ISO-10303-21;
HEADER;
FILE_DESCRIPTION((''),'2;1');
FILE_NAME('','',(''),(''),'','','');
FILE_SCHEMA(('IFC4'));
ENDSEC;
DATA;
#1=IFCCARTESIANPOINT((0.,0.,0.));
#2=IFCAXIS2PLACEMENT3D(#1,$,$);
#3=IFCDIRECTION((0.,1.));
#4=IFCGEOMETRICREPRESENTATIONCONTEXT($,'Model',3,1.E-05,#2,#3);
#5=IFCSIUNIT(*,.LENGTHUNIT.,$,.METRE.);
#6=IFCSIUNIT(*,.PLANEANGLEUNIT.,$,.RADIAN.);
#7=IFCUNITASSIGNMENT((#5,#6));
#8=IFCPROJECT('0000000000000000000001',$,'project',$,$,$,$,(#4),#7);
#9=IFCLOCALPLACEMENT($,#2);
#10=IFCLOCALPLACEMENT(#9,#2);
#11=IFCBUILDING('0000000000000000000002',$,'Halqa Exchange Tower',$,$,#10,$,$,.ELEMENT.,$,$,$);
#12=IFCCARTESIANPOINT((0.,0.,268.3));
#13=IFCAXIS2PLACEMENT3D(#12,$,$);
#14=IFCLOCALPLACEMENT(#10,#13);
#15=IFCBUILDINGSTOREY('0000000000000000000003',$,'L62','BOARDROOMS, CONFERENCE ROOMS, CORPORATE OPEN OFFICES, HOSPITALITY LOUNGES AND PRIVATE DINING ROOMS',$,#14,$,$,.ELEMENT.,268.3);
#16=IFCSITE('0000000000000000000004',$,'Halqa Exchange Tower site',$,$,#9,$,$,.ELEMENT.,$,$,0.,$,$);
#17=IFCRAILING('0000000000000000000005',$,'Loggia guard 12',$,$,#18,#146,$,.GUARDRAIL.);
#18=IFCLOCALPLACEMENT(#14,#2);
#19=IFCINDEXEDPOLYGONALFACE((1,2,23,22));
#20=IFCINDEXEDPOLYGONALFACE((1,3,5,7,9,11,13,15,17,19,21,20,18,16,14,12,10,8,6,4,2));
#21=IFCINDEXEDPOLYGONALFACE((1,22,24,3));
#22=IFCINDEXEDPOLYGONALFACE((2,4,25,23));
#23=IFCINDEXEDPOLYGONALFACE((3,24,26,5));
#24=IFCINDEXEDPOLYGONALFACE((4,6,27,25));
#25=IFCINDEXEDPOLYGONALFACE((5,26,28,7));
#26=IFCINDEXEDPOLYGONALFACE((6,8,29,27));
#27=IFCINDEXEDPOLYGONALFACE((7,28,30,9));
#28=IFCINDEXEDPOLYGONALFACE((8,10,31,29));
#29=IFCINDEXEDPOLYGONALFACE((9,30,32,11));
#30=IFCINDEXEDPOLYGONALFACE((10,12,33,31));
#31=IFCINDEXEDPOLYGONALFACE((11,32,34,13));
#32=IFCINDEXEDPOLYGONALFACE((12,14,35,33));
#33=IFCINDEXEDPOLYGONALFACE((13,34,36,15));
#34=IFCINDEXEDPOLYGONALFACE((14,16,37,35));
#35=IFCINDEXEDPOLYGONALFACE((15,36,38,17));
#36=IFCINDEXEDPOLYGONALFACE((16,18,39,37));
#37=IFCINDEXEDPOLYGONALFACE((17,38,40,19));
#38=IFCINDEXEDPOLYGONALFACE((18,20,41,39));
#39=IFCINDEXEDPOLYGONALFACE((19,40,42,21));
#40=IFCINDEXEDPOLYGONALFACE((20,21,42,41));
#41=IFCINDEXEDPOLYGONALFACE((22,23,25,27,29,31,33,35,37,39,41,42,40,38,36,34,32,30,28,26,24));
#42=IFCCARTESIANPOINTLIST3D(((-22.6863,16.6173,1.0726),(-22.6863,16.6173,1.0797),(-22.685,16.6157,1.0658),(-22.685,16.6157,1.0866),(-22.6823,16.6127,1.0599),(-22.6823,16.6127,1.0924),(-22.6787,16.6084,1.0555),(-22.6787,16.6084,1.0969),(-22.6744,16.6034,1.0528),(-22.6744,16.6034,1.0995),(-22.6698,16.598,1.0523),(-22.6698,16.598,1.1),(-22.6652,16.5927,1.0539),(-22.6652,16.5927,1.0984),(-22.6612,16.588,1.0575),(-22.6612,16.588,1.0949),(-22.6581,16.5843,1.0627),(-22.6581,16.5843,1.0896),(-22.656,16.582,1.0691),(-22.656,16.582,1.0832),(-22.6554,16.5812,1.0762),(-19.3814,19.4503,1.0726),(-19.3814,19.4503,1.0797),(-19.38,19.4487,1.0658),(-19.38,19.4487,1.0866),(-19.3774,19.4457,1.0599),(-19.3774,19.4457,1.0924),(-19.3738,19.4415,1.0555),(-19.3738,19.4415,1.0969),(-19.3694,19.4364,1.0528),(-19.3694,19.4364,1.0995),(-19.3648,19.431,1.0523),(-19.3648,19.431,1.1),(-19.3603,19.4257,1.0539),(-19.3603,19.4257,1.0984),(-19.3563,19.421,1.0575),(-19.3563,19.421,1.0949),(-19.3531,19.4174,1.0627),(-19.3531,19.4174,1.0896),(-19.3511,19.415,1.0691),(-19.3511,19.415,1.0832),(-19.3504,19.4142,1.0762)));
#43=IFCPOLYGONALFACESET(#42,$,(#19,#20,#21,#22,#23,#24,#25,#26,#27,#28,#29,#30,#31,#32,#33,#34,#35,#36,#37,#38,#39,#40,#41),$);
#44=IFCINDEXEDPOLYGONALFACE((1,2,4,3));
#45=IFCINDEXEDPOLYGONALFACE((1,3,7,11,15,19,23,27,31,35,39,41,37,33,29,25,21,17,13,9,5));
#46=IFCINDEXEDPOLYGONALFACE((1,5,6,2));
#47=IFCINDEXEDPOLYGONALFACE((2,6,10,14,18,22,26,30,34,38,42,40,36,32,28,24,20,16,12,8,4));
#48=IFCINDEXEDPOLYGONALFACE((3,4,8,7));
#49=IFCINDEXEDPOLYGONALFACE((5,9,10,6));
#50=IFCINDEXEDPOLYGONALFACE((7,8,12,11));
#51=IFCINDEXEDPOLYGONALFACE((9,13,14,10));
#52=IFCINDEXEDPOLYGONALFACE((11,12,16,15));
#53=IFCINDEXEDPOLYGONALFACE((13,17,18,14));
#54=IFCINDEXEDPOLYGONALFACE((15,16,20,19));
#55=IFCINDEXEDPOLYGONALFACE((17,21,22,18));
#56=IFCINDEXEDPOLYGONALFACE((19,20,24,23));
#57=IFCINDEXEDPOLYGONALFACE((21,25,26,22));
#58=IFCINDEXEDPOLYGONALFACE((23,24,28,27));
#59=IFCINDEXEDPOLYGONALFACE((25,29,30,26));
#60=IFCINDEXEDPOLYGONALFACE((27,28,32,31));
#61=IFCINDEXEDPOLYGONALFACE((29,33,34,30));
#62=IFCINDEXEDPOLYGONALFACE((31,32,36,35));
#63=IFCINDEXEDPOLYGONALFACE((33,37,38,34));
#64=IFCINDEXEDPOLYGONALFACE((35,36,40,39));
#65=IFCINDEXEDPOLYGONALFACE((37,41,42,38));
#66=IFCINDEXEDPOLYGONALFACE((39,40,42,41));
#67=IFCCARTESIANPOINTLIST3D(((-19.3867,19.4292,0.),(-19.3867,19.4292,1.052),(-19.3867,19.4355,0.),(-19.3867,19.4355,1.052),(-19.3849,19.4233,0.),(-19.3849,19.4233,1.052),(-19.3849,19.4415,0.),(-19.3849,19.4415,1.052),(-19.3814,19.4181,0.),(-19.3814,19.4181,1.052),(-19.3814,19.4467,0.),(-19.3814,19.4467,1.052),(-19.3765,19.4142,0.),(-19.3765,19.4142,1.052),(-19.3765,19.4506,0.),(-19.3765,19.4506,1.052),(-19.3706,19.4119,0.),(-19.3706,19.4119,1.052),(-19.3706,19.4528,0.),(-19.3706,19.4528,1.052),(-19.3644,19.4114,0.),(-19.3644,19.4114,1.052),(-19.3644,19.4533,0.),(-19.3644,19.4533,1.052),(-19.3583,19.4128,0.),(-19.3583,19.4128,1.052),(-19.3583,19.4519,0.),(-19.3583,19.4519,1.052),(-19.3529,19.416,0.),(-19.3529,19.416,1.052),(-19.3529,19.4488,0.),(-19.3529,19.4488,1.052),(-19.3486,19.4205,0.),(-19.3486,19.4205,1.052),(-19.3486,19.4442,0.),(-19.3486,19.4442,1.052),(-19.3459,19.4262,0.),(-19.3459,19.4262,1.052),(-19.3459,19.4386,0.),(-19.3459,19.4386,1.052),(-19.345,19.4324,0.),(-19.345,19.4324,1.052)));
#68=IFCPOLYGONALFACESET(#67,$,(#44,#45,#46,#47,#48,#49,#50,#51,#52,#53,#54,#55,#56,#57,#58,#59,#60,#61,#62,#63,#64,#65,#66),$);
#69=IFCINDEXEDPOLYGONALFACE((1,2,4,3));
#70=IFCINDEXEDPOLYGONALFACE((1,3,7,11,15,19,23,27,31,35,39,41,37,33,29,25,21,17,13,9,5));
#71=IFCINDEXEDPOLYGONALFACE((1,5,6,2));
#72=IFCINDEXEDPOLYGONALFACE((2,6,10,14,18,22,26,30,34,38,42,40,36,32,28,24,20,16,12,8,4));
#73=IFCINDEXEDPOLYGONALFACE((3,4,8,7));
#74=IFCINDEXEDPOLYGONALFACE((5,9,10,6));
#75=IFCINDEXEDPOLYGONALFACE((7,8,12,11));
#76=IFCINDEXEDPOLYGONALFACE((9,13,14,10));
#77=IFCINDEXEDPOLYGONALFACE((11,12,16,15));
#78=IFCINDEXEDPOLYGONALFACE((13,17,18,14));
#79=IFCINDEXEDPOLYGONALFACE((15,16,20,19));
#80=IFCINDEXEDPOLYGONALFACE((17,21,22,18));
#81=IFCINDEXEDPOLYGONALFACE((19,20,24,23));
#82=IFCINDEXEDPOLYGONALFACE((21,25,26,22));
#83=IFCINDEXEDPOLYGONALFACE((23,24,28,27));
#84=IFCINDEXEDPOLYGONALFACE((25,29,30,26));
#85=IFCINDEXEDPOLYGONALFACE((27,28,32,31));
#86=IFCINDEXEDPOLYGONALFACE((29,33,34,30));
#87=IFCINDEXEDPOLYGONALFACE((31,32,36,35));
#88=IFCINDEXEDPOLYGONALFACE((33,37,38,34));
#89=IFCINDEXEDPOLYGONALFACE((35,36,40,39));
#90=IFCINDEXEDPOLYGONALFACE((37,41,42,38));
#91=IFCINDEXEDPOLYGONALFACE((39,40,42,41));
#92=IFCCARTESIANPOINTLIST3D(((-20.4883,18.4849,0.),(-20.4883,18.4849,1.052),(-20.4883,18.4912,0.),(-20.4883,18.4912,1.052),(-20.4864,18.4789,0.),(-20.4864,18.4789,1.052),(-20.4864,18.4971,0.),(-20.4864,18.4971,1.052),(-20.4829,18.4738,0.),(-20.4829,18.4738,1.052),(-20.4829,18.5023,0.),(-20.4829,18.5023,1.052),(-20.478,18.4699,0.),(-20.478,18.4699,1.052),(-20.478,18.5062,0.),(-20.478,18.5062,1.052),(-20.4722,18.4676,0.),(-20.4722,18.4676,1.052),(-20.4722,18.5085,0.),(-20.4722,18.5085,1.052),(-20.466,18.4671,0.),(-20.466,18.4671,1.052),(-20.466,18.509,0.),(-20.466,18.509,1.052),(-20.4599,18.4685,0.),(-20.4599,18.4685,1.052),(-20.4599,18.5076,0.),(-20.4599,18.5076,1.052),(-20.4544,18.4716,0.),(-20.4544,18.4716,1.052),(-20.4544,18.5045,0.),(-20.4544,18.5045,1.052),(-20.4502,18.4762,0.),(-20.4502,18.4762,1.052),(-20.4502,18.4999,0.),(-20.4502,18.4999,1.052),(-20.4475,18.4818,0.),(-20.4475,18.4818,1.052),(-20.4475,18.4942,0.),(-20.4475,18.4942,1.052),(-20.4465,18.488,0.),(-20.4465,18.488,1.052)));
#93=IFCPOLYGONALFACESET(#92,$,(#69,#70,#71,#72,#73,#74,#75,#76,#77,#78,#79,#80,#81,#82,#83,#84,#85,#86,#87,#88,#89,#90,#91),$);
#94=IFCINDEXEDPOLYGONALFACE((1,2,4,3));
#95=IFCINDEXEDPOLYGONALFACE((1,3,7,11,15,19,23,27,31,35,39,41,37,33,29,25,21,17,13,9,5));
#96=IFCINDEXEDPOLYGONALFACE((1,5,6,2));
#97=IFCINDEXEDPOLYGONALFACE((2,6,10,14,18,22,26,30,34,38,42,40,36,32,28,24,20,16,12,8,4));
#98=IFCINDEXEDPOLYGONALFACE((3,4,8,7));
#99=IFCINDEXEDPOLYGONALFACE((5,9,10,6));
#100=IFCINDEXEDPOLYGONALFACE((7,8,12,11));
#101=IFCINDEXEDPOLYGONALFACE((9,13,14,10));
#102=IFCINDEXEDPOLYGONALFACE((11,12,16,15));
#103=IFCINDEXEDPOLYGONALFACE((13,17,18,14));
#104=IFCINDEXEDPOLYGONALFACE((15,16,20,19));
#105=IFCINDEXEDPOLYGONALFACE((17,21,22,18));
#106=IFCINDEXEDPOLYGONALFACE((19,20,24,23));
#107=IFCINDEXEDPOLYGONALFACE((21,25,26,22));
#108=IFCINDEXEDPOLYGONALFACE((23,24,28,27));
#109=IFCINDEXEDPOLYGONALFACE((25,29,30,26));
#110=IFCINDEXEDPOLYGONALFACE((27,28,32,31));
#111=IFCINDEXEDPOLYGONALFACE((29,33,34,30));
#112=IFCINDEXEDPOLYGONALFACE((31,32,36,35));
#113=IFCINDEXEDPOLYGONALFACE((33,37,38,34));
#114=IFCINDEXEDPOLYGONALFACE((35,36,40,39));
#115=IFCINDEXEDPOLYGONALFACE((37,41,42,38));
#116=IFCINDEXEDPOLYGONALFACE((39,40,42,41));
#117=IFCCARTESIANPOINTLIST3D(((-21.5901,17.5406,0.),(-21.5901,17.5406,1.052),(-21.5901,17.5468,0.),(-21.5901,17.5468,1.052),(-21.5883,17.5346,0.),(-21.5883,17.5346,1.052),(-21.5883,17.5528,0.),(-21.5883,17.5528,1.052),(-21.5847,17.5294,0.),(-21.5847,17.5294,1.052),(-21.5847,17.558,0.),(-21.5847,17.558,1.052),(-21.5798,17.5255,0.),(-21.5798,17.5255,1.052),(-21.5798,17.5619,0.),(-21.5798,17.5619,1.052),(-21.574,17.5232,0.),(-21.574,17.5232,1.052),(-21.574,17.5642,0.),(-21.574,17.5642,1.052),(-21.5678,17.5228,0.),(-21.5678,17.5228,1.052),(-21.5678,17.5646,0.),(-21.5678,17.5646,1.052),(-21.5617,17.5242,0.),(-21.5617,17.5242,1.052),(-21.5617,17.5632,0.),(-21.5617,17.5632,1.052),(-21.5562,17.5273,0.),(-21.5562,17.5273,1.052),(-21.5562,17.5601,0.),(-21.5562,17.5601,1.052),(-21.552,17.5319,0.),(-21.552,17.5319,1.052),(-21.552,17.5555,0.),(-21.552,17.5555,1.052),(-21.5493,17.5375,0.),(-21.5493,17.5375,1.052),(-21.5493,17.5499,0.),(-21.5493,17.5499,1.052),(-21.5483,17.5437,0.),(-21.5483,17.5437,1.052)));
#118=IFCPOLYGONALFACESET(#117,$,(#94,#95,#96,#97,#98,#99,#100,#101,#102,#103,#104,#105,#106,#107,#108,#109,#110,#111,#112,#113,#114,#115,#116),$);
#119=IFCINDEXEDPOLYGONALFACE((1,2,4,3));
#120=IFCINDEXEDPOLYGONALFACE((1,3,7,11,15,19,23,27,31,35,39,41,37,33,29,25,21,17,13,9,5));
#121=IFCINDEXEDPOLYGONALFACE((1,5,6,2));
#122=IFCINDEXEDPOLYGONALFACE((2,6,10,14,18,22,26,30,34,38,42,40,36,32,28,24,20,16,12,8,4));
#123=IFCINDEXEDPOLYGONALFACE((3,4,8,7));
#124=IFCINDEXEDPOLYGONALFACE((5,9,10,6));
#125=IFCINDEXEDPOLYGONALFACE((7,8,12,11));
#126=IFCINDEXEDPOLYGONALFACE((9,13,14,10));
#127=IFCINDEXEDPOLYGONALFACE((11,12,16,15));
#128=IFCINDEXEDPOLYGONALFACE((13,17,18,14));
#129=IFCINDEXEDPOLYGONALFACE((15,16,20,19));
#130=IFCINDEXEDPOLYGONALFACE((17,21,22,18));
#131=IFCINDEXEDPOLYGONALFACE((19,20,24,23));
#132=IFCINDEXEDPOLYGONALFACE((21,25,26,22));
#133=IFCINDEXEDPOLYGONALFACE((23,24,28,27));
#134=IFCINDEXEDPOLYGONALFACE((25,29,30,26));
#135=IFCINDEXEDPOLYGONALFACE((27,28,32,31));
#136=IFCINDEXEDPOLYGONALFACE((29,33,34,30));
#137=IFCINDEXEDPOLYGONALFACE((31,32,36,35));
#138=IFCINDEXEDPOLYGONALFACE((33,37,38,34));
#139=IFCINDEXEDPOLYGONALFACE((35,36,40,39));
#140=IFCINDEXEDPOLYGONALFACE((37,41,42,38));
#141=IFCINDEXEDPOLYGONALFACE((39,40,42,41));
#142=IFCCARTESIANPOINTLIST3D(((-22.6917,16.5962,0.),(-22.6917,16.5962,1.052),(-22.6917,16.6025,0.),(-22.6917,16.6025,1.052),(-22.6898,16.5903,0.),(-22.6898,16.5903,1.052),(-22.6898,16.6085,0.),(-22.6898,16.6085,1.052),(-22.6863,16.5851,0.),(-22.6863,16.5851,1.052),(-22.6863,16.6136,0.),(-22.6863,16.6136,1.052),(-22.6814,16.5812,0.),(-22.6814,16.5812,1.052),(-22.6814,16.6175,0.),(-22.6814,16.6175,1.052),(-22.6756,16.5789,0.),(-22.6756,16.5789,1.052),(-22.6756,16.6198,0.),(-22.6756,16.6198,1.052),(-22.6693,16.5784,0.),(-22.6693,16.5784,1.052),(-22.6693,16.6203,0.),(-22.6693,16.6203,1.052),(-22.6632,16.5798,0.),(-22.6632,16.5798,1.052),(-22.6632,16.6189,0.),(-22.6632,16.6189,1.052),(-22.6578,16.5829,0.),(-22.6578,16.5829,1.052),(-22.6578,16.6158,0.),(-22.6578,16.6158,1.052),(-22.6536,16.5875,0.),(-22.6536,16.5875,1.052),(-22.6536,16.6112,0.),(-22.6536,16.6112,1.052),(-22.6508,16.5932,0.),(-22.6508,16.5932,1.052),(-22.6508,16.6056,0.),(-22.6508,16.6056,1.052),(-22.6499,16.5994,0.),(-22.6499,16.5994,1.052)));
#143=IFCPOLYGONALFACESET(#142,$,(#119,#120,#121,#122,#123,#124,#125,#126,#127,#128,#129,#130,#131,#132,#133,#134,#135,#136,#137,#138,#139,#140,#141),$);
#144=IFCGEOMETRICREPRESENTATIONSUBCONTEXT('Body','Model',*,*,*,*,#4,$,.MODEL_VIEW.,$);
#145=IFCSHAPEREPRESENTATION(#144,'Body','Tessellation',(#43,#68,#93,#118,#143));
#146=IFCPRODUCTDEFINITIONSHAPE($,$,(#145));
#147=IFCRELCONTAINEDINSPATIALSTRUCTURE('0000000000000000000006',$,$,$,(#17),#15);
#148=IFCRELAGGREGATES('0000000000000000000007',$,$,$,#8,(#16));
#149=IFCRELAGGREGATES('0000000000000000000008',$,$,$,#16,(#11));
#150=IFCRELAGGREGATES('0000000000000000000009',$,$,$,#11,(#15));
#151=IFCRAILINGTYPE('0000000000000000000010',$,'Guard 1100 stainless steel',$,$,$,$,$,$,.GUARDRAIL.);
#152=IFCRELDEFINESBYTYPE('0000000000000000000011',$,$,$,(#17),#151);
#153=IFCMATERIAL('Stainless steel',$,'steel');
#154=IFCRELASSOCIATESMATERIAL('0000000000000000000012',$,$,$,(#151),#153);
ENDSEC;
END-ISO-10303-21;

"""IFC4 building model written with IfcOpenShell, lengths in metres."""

from ifc_helpers import new_model, si_unit, direction, frame, origin, origin_2d, place, context, subcontext, project, spatial, circle, extrude, material, type_object, element, save


model = new_model("IFC4")

# Units and contexts
model_context = context("Model", 3, precision=1e-05, world=origin(), true_north=direction((0.0, 1.0)))
body_context = subcontext(model_context, "Body", "Model", "MODEL_VIEW")
ifc_project = project(units=[si_unit("LENGTHUNIT", "METRE"), si_unit("PLANEANGLEUNIT", "RADIAN")], contexts=[model_context])

# Site, building, storey
site_placement = place(None, origin())
site = spatial("IfcSite", under=ifc_project, at=site_placement, Name="Halqa Exchange Tower site", CompositionType="ELEMENT", RefElevation=0.0)
building_placement = place(site_placement, origin())
building = spatial("IfcBuilding", under=site, at=building_placement, Name="Halqa Exchange Tower", CompositionType="ELEMENT")
storey_placement = place(building_placement, frame((0.0, 0.0, 268.3)))
storey = spatial("IfcBuildingStorey", under=building, at=storey_placement, Name="L62", Description="BOARDROOMS, CONFERENCE ROOMS, CORPORATE OPEN OFFICES, HOSPITALITY LOUNGES AND PRIVATE DINING ROOMS", CompositionType="ELEMENT", Elevation=268.3)

# Railing
ifc_material_1 = material(Name="Stainless steel", Category="steel")
railing_type = type_object("IfcRailingType", Name="Guard 1100 stainless steel", PredefinedType="GUARDRAIL", material=ifc_material_1)
railing_1_placement = place(storey_placement, frame((-19.366, 19.4324, 0.0)))
element("IfcRailing", 1, at=railing_1_placement, inside=storey, type_object=railing_type, Name="Loggia guard 12", PredefinedType="GUARDRAIL", context=body_context, shape_type="SweptSolid", body=[
    extrude(circle(Radius=0.0239, at=origin_2d()), frame((0.0, 0.0, 1.0762), z_axis=(-0.759233, -0.650819, 0.0), x_axis=(0.650819, -0.759233, 0.0)), (0.0, 0.0, 1.0), 4.353),
    extrude(circle(Radius=0.021, at=origin_2d()), origin(), (0.0, 0.0, 1.0), 1.052),
    extrude(circle(Radius=0.021, at=origin_2d()), frame((-1.1016, -0.9443, 0.0)), (0.0, 0.0, 1.0), 1.052),
    extrude(circle(Radius=0.021, at=origin_2d()), frame((-2.2034, -1.8887, 0.0)), (0.0, 0.0, 1.0), 1.052),
    extrude(circle(Radius=0.021, at=origin_2d()), frame((-3.3049, -2.833, 0.0)), (0.0, 0.0, 1.0), 1.052),
])

save(model, "model.ifc")
